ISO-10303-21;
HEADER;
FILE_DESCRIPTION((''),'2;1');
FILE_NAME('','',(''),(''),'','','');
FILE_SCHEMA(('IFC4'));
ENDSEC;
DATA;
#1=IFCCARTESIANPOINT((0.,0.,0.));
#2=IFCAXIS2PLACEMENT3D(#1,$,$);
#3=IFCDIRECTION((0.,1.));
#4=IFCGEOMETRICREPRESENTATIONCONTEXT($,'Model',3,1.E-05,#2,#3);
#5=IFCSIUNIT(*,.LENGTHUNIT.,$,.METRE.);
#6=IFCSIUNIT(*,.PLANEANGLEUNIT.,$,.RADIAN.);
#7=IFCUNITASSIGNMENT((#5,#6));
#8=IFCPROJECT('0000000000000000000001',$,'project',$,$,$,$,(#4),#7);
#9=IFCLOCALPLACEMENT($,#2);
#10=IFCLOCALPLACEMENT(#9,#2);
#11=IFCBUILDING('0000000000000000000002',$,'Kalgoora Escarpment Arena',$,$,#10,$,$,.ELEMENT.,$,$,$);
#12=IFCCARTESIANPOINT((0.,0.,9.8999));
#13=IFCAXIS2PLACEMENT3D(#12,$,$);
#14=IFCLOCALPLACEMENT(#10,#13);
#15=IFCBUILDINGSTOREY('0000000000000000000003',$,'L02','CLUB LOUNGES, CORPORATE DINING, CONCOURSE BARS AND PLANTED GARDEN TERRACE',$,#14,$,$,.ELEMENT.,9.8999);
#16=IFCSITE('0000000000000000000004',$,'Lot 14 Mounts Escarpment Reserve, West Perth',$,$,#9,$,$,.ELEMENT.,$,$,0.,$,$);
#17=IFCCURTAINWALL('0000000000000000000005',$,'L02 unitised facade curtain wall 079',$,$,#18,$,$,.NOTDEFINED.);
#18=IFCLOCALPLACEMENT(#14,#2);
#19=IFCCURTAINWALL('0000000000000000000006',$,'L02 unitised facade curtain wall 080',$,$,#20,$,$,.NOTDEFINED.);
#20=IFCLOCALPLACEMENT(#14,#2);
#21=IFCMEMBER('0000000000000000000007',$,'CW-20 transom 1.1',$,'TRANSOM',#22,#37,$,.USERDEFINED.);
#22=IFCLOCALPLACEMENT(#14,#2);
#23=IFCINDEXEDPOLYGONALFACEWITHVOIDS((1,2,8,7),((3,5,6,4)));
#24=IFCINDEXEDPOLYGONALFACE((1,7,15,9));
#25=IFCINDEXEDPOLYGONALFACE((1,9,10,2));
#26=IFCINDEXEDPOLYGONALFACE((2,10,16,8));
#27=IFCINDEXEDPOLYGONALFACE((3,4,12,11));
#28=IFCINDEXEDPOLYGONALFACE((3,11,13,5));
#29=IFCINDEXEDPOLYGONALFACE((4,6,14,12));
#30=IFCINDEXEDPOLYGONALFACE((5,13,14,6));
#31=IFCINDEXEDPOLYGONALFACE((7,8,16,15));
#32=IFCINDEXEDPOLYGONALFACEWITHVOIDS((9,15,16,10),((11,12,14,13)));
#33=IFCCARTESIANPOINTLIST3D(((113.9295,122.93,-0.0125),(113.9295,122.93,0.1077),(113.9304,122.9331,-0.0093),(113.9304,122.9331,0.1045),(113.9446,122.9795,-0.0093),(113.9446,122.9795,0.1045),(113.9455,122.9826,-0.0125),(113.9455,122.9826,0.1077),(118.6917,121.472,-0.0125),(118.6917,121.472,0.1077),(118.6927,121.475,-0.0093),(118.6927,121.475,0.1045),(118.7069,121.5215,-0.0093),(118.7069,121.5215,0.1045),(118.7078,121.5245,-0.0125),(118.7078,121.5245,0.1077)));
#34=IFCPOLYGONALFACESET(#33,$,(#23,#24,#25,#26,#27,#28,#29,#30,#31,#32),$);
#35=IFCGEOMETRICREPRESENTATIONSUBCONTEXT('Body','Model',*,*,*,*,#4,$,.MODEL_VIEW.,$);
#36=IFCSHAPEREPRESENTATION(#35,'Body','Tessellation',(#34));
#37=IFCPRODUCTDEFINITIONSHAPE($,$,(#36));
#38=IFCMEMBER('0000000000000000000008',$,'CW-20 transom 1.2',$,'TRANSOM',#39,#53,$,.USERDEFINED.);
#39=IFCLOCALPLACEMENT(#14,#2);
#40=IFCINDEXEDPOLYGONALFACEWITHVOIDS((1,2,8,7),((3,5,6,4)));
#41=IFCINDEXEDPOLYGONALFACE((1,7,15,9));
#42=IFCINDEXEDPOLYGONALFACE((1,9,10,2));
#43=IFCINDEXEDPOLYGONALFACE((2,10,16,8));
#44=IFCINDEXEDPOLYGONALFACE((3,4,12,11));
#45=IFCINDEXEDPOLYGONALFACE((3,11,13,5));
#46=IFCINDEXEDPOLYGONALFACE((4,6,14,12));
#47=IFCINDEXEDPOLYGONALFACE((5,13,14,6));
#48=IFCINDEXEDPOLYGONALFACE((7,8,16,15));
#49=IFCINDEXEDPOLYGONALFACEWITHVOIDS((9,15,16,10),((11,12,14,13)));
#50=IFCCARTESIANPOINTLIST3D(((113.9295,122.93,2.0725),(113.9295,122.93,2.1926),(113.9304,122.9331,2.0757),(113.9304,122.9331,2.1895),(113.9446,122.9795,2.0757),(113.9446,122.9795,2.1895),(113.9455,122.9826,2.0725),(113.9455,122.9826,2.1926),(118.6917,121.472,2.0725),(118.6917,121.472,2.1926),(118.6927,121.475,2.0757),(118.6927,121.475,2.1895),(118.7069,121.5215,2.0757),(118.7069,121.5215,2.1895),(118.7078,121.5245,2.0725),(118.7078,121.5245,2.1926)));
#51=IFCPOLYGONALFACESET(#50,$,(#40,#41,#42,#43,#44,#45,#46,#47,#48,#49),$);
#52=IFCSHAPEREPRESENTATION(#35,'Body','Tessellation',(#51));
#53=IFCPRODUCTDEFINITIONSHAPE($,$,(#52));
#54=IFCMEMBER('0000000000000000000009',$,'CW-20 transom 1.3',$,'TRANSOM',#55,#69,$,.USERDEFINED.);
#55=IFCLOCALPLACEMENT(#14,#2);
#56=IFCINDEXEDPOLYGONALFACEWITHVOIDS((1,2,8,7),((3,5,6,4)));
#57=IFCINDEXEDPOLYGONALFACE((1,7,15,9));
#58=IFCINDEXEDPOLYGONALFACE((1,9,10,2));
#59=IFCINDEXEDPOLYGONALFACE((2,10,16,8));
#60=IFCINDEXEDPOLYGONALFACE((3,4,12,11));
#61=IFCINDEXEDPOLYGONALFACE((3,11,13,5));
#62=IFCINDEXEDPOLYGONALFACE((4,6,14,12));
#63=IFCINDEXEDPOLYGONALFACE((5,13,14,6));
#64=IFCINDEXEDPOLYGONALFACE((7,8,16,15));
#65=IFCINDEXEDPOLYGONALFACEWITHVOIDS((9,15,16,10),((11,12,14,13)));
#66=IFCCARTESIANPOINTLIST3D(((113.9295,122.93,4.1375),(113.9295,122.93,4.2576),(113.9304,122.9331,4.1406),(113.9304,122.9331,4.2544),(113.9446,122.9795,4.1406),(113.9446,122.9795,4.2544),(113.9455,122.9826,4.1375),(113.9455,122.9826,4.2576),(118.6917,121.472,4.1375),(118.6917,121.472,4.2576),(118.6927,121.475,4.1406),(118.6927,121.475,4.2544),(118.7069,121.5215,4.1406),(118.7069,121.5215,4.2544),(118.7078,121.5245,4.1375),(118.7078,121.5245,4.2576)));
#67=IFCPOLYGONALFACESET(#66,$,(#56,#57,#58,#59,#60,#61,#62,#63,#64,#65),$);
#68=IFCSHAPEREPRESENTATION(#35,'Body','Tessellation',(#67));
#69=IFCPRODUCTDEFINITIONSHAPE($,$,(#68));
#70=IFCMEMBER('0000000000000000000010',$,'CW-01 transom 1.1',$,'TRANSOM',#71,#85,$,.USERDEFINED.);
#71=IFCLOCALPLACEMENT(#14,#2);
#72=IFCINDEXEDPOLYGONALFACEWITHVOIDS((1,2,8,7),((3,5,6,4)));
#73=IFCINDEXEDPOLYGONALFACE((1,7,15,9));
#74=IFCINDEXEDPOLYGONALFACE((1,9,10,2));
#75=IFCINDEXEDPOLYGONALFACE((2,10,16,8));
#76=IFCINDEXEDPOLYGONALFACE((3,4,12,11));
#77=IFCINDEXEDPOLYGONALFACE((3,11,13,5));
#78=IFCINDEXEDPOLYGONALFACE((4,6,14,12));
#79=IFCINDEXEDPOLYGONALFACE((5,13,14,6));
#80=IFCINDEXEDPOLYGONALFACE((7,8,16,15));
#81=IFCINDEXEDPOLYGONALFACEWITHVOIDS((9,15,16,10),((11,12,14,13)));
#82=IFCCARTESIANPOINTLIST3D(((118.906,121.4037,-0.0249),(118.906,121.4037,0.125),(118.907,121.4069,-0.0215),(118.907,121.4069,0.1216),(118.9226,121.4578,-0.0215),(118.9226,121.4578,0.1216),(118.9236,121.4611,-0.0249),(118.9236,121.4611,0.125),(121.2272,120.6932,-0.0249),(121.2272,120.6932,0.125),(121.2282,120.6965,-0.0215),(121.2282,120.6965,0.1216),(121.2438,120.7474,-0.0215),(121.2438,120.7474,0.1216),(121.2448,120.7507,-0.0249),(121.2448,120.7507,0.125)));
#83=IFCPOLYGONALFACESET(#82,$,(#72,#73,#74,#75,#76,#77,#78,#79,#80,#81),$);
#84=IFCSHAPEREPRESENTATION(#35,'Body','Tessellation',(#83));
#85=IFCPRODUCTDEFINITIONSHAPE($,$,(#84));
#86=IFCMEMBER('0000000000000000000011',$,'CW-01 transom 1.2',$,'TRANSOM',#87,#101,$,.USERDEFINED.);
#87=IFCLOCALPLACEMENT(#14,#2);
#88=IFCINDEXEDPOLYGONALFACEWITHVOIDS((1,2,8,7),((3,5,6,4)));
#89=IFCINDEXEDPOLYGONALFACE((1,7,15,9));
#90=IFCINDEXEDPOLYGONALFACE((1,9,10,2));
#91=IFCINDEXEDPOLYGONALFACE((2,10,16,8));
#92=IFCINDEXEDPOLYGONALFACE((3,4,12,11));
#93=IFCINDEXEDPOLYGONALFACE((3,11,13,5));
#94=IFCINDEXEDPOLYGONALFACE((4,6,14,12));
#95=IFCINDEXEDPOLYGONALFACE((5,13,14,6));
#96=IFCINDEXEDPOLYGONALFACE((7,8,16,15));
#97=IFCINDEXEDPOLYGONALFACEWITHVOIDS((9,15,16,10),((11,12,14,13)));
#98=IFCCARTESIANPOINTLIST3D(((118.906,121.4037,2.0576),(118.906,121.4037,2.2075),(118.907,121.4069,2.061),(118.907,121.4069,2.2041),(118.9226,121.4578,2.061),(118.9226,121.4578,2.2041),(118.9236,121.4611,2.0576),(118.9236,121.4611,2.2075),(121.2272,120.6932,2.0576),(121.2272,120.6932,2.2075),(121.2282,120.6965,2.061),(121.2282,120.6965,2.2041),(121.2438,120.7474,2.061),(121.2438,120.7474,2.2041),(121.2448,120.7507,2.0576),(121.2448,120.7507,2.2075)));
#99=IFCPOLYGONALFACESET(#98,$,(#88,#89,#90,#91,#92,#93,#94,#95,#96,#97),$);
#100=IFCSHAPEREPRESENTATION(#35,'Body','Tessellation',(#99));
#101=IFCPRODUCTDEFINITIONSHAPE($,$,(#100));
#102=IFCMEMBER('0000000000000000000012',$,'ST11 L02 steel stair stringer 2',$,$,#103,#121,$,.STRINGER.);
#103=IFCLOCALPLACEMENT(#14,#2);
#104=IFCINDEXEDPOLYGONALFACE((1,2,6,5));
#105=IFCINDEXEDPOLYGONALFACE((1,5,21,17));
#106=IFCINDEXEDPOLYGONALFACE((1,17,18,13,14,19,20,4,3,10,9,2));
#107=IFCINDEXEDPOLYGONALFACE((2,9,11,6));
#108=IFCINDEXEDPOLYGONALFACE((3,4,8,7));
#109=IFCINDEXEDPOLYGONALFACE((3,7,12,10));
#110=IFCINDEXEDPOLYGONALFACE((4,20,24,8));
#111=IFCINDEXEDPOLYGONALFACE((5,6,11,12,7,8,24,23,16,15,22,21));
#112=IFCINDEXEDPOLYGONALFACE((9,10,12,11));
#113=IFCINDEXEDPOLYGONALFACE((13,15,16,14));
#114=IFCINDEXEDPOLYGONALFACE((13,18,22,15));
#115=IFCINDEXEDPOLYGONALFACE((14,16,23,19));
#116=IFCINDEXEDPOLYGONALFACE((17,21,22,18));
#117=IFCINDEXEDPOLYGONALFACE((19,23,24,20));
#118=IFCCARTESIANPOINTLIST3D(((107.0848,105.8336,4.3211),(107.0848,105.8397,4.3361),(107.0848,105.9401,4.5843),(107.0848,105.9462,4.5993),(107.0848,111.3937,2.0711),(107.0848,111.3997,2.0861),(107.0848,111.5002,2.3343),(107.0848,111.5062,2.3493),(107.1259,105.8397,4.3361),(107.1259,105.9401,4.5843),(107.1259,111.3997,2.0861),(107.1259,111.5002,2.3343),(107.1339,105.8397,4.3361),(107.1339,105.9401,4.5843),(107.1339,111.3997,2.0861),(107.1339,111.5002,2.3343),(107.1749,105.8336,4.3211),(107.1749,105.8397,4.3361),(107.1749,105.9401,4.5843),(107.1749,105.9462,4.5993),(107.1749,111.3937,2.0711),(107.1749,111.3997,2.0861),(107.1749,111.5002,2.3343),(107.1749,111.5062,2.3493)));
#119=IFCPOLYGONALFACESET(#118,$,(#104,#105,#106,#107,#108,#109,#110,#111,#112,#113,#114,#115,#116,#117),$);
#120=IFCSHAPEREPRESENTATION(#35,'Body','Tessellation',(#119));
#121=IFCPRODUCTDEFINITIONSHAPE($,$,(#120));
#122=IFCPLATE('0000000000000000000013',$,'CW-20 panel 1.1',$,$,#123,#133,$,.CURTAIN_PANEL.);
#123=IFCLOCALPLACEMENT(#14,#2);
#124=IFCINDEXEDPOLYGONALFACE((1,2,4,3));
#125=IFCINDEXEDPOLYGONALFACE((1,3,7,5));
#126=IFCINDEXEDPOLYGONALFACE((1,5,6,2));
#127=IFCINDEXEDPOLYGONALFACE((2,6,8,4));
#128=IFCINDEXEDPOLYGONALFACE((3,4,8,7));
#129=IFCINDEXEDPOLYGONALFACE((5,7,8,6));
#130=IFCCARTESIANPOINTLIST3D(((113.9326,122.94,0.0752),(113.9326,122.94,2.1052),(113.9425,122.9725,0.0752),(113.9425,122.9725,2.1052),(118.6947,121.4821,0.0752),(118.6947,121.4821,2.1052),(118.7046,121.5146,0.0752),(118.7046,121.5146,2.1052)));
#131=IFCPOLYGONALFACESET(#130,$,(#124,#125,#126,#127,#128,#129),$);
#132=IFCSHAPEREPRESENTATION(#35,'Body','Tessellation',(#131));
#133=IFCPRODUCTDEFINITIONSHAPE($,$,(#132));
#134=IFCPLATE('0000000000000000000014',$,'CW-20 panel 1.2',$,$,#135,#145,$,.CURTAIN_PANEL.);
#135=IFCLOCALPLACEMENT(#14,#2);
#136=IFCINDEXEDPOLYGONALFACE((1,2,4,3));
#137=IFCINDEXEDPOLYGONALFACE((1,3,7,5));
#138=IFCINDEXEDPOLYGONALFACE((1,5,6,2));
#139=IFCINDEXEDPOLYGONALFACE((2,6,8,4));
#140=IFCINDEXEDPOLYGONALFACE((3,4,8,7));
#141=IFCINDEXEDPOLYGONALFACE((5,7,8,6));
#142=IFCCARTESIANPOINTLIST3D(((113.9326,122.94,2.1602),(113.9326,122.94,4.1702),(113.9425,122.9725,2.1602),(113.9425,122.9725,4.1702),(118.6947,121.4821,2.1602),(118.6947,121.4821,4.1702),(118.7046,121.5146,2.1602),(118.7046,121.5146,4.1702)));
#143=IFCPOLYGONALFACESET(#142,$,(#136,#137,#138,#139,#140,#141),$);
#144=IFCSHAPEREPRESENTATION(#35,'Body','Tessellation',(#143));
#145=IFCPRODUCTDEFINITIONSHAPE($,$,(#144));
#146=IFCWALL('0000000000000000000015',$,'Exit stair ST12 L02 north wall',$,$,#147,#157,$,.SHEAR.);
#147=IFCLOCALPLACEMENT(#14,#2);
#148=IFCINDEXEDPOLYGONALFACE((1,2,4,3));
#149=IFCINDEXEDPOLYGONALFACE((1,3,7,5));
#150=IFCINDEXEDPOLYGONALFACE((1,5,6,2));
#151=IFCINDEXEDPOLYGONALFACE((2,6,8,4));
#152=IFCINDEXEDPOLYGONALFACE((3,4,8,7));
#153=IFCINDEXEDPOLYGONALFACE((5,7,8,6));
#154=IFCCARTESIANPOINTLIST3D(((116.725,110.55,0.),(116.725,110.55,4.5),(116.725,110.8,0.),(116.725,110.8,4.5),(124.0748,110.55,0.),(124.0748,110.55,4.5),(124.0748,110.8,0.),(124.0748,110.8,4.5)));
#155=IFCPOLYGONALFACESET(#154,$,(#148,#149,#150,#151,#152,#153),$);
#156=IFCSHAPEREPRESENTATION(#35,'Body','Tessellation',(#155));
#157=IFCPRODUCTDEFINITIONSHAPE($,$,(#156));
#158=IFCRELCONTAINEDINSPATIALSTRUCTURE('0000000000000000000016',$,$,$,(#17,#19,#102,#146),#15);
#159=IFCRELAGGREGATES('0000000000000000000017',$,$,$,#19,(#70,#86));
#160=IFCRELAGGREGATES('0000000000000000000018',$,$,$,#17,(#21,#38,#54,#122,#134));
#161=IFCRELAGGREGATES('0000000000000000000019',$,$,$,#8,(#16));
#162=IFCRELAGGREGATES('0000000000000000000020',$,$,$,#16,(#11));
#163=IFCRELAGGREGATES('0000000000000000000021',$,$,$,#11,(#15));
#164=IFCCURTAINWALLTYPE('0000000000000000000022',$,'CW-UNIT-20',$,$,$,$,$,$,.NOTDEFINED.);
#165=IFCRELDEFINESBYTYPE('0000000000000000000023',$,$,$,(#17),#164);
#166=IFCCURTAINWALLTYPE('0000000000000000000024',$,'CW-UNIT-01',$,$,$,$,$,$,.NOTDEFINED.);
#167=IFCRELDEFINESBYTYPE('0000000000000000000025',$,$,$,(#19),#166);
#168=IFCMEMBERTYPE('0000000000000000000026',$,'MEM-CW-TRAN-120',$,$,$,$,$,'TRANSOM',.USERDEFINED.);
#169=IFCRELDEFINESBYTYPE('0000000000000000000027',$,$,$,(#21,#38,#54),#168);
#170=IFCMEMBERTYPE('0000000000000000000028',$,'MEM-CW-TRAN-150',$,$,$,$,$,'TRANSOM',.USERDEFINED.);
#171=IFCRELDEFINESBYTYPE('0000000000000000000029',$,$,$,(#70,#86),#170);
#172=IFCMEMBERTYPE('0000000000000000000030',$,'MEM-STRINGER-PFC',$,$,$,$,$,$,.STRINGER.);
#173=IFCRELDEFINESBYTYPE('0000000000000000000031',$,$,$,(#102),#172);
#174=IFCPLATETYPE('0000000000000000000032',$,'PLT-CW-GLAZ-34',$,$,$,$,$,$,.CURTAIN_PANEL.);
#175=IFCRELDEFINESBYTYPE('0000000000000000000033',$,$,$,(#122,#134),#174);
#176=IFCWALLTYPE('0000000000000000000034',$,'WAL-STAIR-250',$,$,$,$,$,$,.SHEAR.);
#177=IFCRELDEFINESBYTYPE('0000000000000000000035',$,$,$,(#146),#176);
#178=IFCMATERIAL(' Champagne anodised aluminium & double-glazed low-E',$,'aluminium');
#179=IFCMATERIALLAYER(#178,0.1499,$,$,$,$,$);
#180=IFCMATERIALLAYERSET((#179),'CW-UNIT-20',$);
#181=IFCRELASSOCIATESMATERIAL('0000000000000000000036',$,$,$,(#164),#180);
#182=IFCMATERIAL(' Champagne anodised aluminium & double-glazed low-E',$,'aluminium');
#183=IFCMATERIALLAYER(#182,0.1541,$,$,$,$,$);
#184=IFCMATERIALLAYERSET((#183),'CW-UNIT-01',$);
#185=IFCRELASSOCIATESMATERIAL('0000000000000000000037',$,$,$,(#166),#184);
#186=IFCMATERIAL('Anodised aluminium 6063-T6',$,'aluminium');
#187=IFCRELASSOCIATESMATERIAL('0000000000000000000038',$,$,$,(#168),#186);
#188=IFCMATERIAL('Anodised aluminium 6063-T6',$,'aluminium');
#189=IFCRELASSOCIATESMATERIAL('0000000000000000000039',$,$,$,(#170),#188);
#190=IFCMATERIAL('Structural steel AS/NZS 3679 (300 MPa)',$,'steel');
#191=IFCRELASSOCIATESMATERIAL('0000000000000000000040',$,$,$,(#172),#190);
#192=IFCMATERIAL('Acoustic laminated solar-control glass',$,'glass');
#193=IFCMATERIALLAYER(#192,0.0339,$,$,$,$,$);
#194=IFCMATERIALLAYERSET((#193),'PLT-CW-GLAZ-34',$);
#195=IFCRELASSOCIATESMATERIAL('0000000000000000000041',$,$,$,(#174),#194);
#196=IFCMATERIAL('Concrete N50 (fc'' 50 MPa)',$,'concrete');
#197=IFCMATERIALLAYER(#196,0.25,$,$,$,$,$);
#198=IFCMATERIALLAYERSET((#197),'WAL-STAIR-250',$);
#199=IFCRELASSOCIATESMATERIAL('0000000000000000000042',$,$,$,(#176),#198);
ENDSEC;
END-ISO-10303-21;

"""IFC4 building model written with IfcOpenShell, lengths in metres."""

from ifc_helpers import new_model, si_unit, direction, frame, frame_2d, origin, origin_2d, place, context, subcontext, project, spatial, rectangle, hollow_rectangle, i_section, extrude, material, layer, layer_set, material_profile, profile_set, type_object, element, aggregate, save


model = new_model("IFC4")

# Units and contexts
model_context = context("Model", 3, precision=1e-05, world=origin(), true_north=direction((0.0, 1.0)))
body_context = subcontext(model_context, "Body", "Model", "MODEL_VIEW")
ifc_project = project(units=[si_unit("LENGTHUNIT", "METRE"), si_unit("PLANEANGLEUNIT", "RADIAN")], contexts=[model_context])

# Site, building, storey
site_placement = place(None, origin())
site = spatial("IfcSite", under=ifc_project, at=site_placement, Name="Lot 14 Mounts Escarpment Reserve, West Perth", CompositionType="ELEMENT", RefElevation=0.0)
building_placement = place(site_placement, origin())
building = spatial("IfcBuilding", under=site, at=building_placement, Name="Kalgoora Escarpment Arena", CompositionType="ELEMENT")
storey_placement = place(building_placement, frame((0.0, 0.0, 9.8999)))
storey = spatial("IfcBuildingStorey", under=building, at=storey_placement, Name="L02", Description="CLUB LOUNGES, CORPORATE DINING, CONCOURSE BARS AND PLANTED GARDEN TERRACE", CompositionType="ELEMENT", Elevation=9.8999)

# Curtain wall
ifc_material_1 = material(Name=" Champagne anodised aluminium & double-glazed low-E", Category="aluminium")
ifc_layer_1 = layer(ifc_material_1, 0.1499)
ifc_layer_set_1 = layer_set([ifc_layer_1], Name="CW-UNIT-20")
curtain_wall_type_1 = type_object("IfcCurtainWallType", Name="CW-UNIT-20", PredefinedType="NOTDEFINED", material=ifc_layer_set_1)
curtain_wall_1_placement = place(storey_placement, origin())
curtain_wall_1 = element("IfcCurtainWall", 1, at=curtain_wall_1_placement, inside=storey, type_object=curtain_wall_type_1, Name="L02 unitised facade curtain wall 079", PredefinedType="NOTDEFINED")

# Curtain wall
ifc_material_2 = material(Name=" Champagne anodised aluminium & double-glazed low-E", Category="aluminium")
ifc_layer_2 = layer(ifc_material_2, 0.1541)
ifc_layer_set_2 = layer_set([ifc_layer_2], Name="CW-UNIT-01")
curtain_wall_type_2 = type_object("IfcCurtainWallType", Name="CW-UNIT-01", PredefinedType="NOTDEFINED", material=ifc_layer_set_2)
curtain_wall_2_placement = place(storey_placement, origin())
curtain_wall_2 = element("IfcCurtainWall", 2, at=curtain_wall_2_placement, inside=storey, type_object=curtain_wall_type_2, Name="L02 unitised facade curtain wall 080", PredefinedType="NOTDEFINED")

# Members
ifc_material_3 = material(Name="Anodised aluminium 6063-T6", Category="aluminium")
ifc_material_profile_1 = material_profile(ifc_material_3, hollow_rectangle(XDim=0.0549, YDim=0.1201, WallThickness=0.0032, at=origin_2d()))
ifc_profile_set_1 = profile_set([ifc_material_profile_1], Name="Anodised aluminium 6063-T6")
member_type_1 = type_object("IfcMemberType", Name="MEM-CW-TRAN-120", ElementType="TRANSOM", PredefinedType="USERDEFINED", material=ifc_profile_set_1)
member_1_placement = place(storey_placement, frame((113.9375, 122.9563, 0.0476), z_axis=(0.956189, -0.292749, 0.0), x_axis=(0.292749, 0.956189, 0.0)))
member_1 = element("IfcMember", 3, at=member_1_placement, type_object=member_type_1, Name="CW-20 transom 1.1", ObjectType="TRANSOM", PredefinedType="USERDEFINED", context=body_context, shape_type="SweptSolid", body=[
    extrude(hollow_rectangle(XDim=0.0549, YDim=0.1201, WallThickness=0.0032, at=origin_2d()), origin(), (0.0, 0.0, 1.0), 4.9805),
])
member_2_placement = place(storey_placement, frame((113.9375, 122.9563, 2.1326), z_axis=(0.956189, -0.292749, 0.0), x_axis=(0.292749, 0.956189, 0.0)))
member_2 = element("IfcMember", 4, at=member_2_placement, type_object=member_type_1, Name="CW-20 transom 1.2", ObjectType="TRANSOM", PredefinedType="USERDEFINED", context=body_context, shape_type="SweptSolid", body=[
    extrude(hollow_rectangle(XDim=0.0549, YDim=0.1201, WallThickness=0.0032, at=origin_2d()), origin(), (0.0, 0.0, 1.0), 4.9805),
])
member_3_placement = place(storey_placement, frame((113.9375, 122.9563, 4.1975), z_axis=(0.956189, -0.292749, 0.0), x_axis=(0.292749, 0.956189, 0.0)))
member_3 = element("IfcMember", 5, at=member_3_placement, type_object=member_type_1, Name="CW-20 transom 1.3", ObjectType="TRANSOM", PredefinedType="USERDEFINED", context=body_context, shape_type="SweptSolid", body=[
    extrude(hollow_rectangle(XDim=0.0549, YDim=0.1201, WallThickness=0.0032, at=origin_2d()), origin(), (0.0, 0.0, 1.0), 4.9805),
])
ifc_material_4 = material(Name="Anodised aluminium 6063-T6", Category="aluminium")
ifc_material_profile_2 = material_profile(ifc_material_4, hollow_rectangle(XDim=0.0601, YDim=0.1499, WallThickness=0.0034, at=origin_2d()))
ifc_profile_set_2 = profile_set([ifc_material_profile_2], Name="Anodised aluminium 6063-T6")
member_type_2 = type_object("IfcMemberType", Name="MEM-CW-TRAN-150", ElementType="TRANSOM", PredefinedType="USERDEFINED", material=ifc_profile_set_2)
member_4_placement = place(storey_placement, frame((118.9148, 121.4324, 0.05), z_axis=(0.956217, -0.292658, 0.0), x_axis=(0.292658, 0.956217, 0.0)))
member_4 = element("IfcMember", 6, at=member_4_placement, type_object=member_type_2, Name="CW-01 transom 1.1", ObjectType="TRANSOM", PredefinedType="USERDEFINED", context=body_context, shape_type="SweptSolid", body=[
    extrude(hollow_rectangle(XDim=0.0601, YDim=0.1499, WallThickness=0.0034, at=origin_2d()), origin(), (0.0, 0.0, 1.0), 2.4275),
])
member_5_placement = place(storey_placement, frame((118.9148, 121.4324, 2.1326), z_axis=(0.956217, -0.292658, 0.0), x_axis=(0.292658, 0.956217, 0.0)))
member_5 = element("IfcMember", 7, at=member_5_placement, type_object=member_type_2, Name="CW-01 transom 1.2", ObjectType="TRANSOM", PredefinedType="USERDEFINED", context=body_context, shape_type="SweptSolid", body=[
    extrude(hollow_rectangle(XDim=0.0601, YDim=0.1499, WallThickness=0.0034, at=origin_2d()), origin(), (0.0, 0.0, 1.0), 2.4275),
])
aggregate(curtain_wall_2, [member_4, member_5])
ifc_material_5 = material(Name="Structural steel AS/NZS 3679 (300 MPa)", Category="steel")
ifc_material_profile_3 = material_profile(ifc_material_5, i_section(OverallWidth=0.0901, OverallDepth=0.3, WebThickness=0.0081, FlangeThickness=0.0161, at=origin_2d()))
ifc_profile_set_3 = profile_set([ifc_material_profile_3], Name="Structural steel AS/NZS 3679 (300 MPa)")
member_type_3 = type_object("IfcMemberType", Name="MEM-STRINGER-PFC", PredefinedType="STRINGER", material=ifc_profile_set_3)
member_6_placement = place(storey_placement, frame((107.1299, 111.45, 2.2102), z_axis=(0.0, -0.926976, 0.375121), x_axis=(1.0, 0.0, 0.0)))
element("IfcMember", 8, at=member_6_placement, inside=storey, type_object=member_type_3, Name="ST11 L02 steel stair stringer 2", PredefinedType="STRINGER", context=body_context, shape_type="SweptSolid", body=[
    extrude(i_section(OverallWidth=0.0901, OverallDepth=0.3, WebThickness=0.0081, FlangeThickness=0.0161, at=origin_2d()), origin(), (0.0, 0.0, 1.0), 5.998),
])

# Plates
ifc_material_6 = material(Name="Acoustic laminated solar-control glass", Category="glass")
ifc_layer_3 = layer(ifc_material_6, 0.0339)
ifc_layer_set_3 = layer_set([ifc_layer_3], Name="PLT-CW-GLAZ-34")
plate_type = type_object("IfcPlateType", Name="PLT-CW-GLAZ-34", PredefinedType="CURTAIN_PANEL", material=ifc_layer_set_3)
plate_1_placement = place(storey_placement, frame((116.3186, 122.2273, 0.0752), z_axis=(0.0, 0.0, 1.0), x_axis=(0.956191, -0.292745, 0.0)))
plate_1 = element("IfcPlate", 9, at=plate_1_placement, type_object=plate_type, Name="CW-20 panel 1.1", PredefinedType="CURTAIN_PANEL", context=body_context, shape_type="SweptSolid", body=[
    extrude(rectangle(XDim=4.9802, YDim=0.0339, at=origin_2d()), origin(), (0.0, 0.0, 1.0), 2.03),
])
plate_2_placement = place(storey_placement, frame((116.3186, 122.2273, 2.1602), z_axis=(0.0, 0.0, 1.0), x_axis=(0.956191, -0.292745, 0.0)))
plate_2 = element("IfcPlate", 10, at=plate_2_placement, type_object=plate_type, Name="CW-20 panel 1.2", PredefinedType="CURTAIN_PANEL", context=body_context, shape_type="SweptSolid", body=[
    extrude(rectangle(XDim=4.9802, YDim=0.0339, at=origin_2d()), origin(), (0.0, 0.0, 1.0), 2.01),
])
aggregate(curtain_wall_1, [member_1, member_2, member_3, plate_1, plate_2])

# Wall
ifc_material_7 = material(Name="Concrete N50 (fc' 50 MPa)", Category="concrete")
ifc_layer_4 = layer(ifc_material_7, 0.25)
ifc_layer_set_4 = layer_set([ifc_layer_4], Name="WAL-STAIR-250")
wall_type = type_object("IfcWallType", Name="WAL-STAIR-250", PredefinedType="SHEAR", material=ifc_layer_set_4)
wall_placement = place(storey_placement, frame((116.7251, 110.675, 0.0), z_axis=(0.0, 0.0, 1.0), x_axis=(1.0, 0.0, 0.0)))
element("IfcWall", 11, at=wall_placement, inside=storey, type_object=wall_type, Name="Exit stair ST12 L02 north wall", PredefinedType="SHEAR", context=body_context, shape_type="SweptSolid", body=[
    extrude(rectangle(XDim=7.3499, YDim=0.25, at=frame_2d((3.6748, 0.0))), origin(), (0.0, 0.0, 1.0), 4.5),
])

save(model, "model.ifc")
